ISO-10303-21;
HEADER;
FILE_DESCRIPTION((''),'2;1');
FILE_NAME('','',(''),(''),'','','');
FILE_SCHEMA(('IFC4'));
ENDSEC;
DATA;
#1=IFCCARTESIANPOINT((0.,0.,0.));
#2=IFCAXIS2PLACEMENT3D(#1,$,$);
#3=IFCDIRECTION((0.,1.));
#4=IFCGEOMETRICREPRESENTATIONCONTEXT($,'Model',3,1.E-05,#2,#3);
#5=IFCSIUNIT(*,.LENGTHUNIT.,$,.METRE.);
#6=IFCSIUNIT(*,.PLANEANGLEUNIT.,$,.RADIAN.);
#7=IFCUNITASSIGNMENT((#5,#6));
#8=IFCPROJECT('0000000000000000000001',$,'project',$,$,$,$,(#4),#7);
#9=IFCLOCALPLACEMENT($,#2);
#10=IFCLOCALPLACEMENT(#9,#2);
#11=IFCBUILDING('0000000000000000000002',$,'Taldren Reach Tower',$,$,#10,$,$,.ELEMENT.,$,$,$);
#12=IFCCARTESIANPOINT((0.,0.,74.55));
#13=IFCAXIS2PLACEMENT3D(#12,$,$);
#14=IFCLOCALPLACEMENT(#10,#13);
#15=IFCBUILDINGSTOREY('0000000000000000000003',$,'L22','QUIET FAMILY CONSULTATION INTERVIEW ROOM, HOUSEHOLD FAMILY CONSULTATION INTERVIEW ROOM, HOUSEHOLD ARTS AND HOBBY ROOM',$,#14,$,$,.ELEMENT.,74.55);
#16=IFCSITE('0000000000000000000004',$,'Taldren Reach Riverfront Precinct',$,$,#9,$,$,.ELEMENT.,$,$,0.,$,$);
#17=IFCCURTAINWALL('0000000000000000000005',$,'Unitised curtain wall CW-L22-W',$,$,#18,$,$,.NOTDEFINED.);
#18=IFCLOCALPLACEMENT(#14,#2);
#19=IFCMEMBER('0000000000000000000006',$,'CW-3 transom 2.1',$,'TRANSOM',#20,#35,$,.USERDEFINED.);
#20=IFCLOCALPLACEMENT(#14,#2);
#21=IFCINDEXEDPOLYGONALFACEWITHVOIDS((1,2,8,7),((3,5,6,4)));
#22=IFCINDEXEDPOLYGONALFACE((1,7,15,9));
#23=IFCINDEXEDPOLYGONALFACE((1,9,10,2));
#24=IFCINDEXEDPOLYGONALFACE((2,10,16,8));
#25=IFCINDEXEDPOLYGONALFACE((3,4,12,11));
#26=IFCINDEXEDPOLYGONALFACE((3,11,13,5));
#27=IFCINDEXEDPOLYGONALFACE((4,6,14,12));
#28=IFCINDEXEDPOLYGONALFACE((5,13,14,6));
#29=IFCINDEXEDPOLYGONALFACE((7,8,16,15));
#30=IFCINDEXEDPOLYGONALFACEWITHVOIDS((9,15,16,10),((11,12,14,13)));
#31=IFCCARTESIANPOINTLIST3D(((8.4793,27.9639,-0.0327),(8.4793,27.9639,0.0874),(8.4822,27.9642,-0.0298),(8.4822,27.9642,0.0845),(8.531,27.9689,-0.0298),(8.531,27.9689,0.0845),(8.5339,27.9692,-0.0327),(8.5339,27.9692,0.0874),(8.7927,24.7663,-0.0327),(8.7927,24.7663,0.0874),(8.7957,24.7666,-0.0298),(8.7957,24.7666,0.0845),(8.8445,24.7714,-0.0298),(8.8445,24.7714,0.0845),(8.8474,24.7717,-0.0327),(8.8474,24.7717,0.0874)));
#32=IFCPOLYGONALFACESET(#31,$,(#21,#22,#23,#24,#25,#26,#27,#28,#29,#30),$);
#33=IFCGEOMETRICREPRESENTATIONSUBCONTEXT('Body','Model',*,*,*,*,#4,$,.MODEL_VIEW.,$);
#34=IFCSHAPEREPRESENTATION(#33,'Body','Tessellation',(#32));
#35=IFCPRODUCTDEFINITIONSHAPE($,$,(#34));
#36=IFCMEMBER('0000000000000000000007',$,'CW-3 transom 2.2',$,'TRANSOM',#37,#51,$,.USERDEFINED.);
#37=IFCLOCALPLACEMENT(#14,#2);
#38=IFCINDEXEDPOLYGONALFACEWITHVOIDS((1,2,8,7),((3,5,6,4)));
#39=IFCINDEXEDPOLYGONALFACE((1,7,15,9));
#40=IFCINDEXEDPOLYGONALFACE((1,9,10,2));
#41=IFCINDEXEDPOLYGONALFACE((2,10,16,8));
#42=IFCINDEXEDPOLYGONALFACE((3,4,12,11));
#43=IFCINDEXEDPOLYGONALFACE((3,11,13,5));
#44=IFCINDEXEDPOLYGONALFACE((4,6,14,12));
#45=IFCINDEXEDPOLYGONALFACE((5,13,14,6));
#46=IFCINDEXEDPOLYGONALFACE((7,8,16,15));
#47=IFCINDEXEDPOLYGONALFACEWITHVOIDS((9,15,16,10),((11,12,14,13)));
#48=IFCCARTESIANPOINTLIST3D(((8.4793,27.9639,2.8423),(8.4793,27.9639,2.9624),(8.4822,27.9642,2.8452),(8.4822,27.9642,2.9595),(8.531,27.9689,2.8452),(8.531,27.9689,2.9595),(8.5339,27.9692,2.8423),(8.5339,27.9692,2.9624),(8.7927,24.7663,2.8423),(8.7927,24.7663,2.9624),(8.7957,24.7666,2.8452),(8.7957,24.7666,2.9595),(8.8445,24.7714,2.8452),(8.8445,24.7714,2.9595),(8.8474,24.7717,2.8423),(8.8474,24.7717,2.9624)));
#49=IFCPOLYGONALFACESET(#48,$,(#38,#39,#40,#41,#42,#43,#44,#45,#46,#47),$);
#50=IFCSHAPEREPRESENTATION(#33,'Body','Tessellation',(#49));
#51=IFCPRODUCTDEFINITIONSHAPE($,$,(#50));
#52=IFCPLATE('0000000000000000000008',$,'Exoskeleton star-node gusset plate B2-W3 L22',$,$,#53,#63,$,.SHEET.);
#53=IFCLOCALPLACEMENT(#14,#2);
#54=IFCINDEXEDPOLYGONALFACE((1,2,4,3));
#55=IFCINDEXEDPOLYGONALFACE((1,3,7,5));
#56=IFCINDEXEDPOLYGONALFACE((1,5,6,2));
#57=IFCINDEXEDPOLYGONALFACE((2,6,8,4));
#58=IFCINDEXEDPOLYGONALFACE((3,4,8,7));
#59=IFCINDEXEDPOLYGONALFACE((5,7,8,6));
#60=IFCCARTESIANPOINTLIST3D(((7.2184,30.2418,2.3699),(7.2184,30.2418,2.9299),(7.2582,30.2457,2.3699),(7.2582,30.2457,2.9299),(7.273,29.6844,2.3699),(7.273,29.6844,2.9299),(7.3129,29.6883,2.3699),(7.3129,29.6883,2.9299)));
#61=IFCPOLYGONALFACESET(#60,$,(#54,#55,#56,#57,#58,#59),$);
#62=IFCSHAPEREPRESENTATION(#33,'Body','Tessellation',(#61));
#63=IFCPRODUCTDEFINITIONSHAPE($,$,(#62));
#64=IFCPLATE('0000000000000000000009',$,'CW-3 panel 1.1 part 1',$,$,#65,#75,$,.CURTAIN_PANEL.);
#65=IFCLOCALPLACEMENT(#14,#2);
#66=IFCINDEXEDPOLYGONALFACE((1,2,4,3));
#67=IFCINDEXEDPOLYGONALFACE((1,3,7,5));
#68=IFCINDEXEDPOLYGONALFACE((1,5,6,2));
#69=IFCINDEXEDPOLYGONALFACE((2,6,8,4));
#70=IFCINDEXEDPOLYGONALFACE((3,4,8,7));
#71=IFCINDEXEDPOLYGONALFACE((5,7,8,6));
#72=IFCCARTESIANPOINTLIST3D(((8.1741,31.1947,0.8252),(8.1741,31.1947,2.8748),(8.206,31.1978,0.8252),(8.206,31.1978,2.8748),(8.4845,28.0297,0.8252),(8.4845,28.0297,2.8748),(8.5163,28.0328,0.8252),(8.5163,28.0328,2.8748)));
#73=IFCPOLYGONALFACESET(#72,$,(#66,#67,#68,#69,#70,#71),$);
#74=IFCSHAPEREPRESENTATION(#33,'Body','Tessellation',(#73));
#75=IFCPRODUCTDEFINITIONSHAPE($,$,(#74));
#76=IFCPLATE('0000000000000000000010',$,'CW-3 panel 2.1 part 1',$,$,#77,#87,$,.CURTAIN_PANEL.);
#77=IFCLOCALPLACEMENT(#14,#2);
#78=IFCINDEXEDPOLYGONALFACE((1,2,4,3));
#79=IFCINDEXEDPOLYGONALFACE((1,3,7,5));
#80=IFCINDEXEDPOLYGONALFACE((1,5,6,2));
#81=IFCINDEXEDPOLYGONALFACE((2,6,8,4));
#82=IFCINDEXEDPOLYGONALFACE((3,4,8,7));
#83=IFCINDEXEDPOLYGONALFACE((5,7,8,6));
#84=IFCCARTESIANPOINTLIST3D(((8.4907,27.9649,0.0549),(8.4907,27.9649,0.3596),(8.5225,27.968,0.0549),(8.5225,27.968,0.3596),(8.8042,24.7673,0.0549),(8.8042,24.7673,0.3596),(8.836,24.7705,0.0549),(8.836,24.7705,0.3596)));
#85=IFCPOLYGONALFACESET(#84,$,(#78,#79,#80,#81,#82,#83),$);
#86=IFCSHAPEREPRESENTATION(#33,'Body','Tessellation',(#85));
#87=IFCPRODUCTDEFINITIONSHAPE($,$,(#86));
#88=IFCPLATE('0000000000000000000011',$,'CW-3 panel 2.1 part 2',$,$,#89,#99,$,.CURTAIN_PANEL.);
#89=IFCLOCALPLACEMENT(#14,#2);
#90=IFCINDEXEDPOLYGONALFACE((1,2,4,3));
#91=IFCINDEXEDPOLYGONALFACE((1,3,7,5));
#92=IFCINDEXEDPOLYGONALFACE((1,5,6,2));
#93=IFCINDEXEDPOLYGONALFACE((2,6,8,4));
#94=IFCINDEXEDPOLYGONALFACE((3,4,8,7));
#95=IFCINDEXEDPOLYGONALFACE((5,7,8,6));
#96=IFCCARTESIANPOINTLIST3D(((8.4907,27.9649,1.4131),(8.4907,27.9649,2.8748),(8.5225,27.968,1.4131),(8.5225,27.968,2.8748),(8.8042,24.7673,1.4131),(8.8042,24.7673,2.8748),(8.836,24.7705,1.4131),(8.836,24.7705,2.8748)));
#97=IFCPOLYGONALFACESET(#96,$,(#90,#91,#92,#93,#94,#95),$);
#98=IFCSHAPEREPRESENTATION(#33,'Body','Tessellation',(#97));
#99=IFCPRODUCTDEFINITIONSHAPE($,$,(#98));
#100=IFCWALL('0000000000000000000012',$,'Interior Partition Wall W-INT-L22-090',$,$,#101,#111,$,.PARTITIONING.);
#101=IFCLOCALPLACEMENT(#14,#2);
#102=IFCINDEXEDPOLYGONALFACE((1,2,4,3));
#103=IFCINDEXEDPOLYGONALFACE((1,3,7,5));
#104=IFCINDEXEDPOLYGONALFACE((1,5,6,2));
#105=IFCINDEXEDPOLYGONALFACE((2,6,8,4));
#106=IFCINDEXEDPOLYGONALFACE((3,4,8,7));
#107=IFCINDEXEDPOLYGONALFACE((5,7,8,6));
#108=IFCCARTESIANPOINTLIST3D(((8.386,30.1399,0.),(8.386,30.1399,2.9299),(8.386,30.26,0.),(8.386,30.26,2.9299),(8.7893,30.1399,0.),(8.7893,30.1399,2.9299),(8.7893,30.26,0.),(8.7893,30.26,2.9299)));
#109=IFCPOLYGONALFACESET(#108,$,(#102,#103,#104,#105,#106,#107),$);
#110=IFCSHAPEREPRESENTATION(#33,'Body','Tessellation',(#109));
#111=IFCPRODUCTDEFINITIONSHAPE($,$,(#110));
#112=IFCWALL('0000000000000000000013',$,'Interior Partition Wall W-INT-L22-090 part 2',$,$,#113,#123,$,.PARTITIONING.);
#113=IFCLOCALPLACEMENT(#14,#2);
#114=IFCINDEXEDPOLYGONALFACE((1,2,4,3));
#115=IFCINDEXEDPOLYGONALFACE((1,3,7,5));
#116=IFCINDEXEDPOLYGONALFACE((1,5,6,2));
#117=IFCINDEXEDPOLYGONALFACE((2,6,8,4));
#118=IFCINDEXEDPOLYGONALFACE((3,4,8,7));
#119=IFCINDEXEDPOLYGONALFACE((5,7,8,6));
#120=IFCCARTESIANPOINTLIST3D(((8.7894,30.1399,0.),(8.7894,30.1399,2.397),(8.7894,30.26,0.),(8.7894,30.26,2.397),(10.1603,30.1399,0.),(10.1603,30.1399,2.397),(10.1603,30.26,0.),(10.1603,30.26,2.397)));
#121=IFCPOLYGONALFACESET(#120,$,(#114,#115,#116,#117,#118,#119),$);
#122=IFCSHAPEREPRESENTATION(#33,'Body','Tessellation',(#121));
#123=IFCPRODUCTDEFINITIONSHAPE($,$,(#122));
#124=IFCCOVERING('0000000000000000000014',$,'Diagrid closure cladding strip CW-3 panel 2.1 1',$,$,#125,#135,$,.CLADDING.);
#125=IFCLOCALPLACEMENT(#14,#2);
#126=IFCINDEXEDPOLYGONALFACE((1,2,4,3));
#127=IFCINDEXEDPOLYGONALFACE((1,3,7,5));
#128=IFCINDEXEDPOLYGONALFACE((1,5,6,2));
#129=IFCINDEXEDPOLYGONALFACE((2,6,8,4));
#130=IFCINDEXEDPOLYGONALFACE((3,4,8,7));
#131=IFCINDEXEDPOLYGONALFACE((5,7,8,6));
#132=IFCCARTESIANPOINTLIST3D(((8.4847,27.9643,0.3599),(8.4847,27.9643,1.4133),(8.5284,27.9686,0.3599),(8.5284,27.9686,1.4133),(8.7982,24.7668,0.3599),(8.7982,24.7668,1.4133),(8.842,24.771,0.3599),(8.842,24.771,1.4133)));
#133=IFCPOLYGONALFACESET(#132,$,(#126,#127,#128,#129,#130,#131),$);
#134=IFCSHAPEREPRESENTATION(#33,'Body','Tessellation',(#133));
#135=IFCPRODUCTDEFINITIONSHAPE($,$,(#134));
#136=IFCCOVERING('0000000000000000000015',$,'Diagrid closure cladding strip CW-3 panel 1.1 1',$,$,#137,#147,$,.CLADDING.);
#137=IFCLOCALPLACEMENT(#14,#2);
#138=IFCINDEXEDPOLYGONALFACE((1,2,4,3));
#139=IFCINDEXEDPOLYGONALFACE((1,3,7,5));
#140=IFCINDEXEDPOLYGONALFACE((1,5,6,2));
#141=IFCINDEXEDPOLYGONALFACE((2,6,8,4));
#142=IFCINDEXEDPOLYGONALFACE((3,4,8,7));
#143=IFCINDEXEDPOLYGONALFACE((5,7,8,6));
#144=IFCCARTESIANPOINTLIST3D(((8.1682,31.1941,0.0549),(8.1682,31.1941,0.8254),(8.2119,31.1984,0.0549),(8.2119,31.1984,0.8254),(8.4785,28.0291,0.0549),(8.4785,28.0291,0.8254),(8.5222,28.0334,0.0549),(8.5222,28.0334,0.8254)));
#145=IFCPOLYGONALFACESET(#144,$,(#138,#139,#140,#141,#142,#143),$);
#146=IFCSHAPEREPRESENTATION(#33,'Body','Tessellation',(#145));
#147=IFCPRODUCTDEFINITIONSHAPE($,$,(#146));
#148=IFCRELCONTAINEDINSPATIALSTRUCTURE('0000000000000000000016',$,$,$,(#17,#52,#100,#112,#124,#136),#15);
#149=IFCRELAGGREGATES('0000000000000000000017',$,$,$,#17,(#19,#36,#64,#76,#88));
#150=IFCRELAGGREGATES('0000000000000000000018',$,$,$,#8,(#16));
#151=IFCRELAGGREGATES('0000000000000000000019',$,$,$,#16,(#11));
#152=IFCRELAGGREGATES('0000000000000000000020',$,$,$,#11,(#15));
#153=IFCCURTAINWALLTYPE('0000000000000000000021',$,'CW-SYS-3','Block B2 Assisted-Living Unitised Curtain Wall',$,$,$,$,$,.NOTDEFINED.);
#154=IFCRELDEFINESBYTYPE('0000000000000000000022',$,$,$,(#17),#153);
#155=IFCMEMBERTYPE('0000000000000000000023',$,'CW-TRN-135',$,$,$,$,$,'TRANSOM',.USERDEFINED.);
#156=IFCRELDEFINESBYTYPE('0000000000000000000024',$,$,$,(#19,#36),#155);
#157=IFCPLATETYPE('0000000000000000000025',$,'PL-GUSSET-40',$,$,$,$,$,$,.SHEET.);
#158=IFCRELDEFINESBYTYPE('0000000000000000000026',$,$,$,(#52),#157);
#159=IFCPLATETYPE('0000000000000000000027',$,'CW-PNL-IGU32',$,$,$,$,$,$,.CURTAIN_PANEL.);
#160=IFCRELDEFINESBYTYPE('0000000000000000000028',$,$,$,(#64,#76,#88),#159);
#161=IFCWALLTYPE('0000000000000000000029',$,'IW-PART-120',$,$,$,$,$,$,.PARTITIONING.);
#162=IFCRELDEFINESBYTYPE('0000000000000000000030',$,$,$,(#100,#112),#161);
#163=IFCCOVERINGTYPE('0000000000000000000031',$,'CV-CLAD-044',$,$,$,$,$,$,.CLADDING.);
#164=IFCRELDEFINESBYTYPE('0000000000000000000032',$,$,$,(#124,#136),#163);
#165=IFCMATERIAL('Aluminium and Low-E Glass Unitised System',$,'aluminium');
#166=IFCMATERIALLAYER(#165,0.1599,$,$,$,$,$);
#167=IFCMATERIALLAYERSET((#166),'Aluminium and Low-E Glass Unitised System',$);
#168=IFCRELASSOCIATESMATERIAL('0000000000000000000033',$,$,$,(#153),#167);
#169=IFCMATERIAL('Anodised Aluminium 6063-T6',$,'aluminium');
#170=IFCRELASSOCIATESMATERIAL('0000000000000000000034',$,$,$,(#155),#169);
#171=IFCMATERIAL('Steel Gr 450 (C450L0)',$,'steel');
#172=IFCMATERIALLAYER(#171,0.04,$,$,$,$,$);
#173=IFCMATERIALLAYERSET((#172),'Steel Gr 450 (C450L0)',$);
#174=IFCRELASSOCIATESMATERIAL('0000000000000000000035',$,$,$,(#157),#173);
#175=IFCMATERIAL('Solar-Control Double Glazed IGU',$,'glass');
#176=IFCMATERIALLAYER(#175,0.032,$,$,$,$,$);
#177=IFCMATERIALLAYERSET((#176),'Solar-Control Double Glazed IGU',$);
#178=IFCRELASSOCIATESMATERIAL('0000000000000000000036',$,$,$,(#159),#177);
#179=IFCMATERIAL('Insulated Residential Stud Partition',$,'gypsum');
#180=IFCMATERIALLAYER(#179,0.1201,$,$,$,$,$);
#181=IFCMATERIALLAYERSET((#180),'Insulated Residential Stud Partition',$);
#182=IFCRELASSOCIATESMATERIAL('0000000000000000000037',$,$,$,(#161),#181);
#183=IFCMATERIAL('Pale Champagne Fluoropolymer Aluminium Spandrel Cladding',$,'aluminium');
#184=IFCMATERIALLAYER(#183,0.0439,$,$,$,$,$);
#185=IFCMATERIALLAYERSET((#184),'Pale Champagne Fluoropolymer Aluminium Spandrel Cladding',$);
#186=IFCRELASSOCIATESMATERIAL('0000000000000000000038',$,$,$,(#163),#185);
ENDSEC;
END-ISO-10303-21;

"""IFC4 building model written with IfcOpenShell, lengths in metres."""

from ifc_helpers import new_model, si_unit, direction, frame, frame_2d, origin, origin_2d, place, context, subcontext, project, spatial, rectangle, hollow_rectangle, extrude, source, transform, mapped, material, layer, layer_set, material_profile, profile_set, type_object, element, aggregate, save


model = new_model("IFC4")

# Units and contexts
model_context = context("Model", 3, precision=1e-05, world=origin(), true_north=direction((0.0, 1.0)))
body_context = subcontext(model_context, "Body", "Model", "MODEL_VIEW")
ifc_project = project(units=[si_unit("LENGTHUNIT", "METRE"), si_unit("PLANEANGLEUNIT", "RADIAN")], contexts=[model_context])

# Site, building, storey
site_placement = place(None, origin())
site = spatial("IfcSite", under=ifc_project, at=site_placement, Name="Taldren Reach Riverfront Precinct", CompositionType="ELEMENT", RefElevation=0.0)
building_placement = place(site_placement, origin())
building = spatial("IfcBuilding", under=site, at=building_placement, Name="Taldren Reach Tower", CompositionType="ELEMENT")
storey_placement = place(building_placement, frame((0.0, 0.0, 74.55)))
storey = spatial("IfcBuildingStorey", under=building, at=storey_placement, Name="L22", Description="QUIET FAMILY CONSULTATION INTERVIEW ROOM, HOUSEHOLD FAMILY CONSULTATION INTERVIEW ROOM, HOUSEHOLD ARTS AND HOBBY ROOM", CompositionType="ELEMENT", Elevation=74.55)

# Shared definitions
ifc_material_1 = material(Name="Steel Gr 450 (C450L0)", Category="steel")

# Curtain wall, members
ifc_material_2 = material(Name="Aluminium and Low-E Glass Unitised System", Category="aluminium")
ifc_layer_1 = layer(ifc_material_2, 0.1599)
ifc_layer_set_1 = layer_set([ifc_layer_1], Name="Aluminium and Low-E Glass Unitised System")
curtain_wall_type = type_object("IfcCurtainWallType", Name="CW-SYS-3", Description="Block B2 Assisted-Living Unitised Curtain Wall", PredefinedType="NOTDEFINED", material=ifc_layer_set_1)
curtain_wall_placement = place(storey_placement, origin())
curtain_wall = element("IfcCurtainWall", 1, at=curtain_wall_placement, inside=storey, type_object=curtain_wall_type, Name="Unitised curtain wall CW-L22-W", PredefinedType="NOTDEFINED")
ifc_material_3 = material(Name="Anodised Aluminium 6063-T6", Category="aluminium")
ifc_material_profile_1 = material_profile(ifc_material_3, hollow_rectangle(XDim=0.0549, YDim=0.1201, WallThickness=0.0029, at=origin_2d()), Name="ALU-120x55x3RHS")
ifc_profile_set_1 = profile_set([ifc_material_profile_1], Name="Anodised Aluminium 6063-T6")
member_type_1 = type_object("IfcMemberType", Name="CW-TRN-135", ElementType="TRANSOM", PredefinedType="USERDEFINED", material=ifc_profile_set_1)
shared_shape_1 = source(origin(), body_context, "Body", "SweptSolid", [
    extrude(hollow_rectangle(XDim=0.0549, YDim=0.1201, WallThickness=0.0029, at=origin_2d()), origin(), (0.0, 0.0, 1.0), 3.2129),
])
member_1_placement = place(storey_placement, frame((8.5066, 27.9666, 0.0273), z_axis=(0.09757, -0.995229, 0.0), x_axis=(0.995229, 0.09757, 0.0)))
member_1 = element("IfcMember", 2, at=member_1_placement, type_object=member_type_1, Name="CW-3 transom 2.1", ObjectType="TRANSOM", PredefinedType="USERDEFINED", context=body_context, shape_type="MappedRepresentation", body=[
    mapped(shared_shape_1, transform((0.0, 0.0, 0.0), scale=1.0)),
])
member_2_placement = place(storey_placement, frame((8.5066, 27.9666, 2.9023), z_axis=(0.09757, -0.995229, 0.0), x_axis=(0.995229, 0.09757, 0.0)))
member_2 = element("IfcMember", 3, at=member_2_placement, type_object=member_type_1, Name="CW-3 transom 2.2", ObjectType="TRANSOM", PredefinedType="USERDEFINED", context=body_context, shape_type="MappedRepresentation", body=[
    mapped(shared_shape_1, transform((0.0, 0.0, 0.0), scale=1.0)),
])

# Plates
ifc_layer_2 = layer(ifc_material_1, 0.04)
ifc_layer_set_2 = layer_set([ifc_layer_2], Name="Steel Gr 450 (C450L0)")
plate_type_1 = type_object("IfcPlateType", Name="PL-GUSSET-40", PredefinedType="SHEET", material=ifc_layer_set_2)
shared_shape_2 = source(origin(), body_context, "Body", "SweptSolid", [
    extrude(rectangle(XDim=0.5601, YDim=0.04, at=origin_2d()), origin(), (0.0, 0.0, 1.0), 0.5601),
])
plate_1_placement = place(storey_placement, frame((7.2656, 29.9651, 2.3699), z_axis=(0.0, 0.0, 1.0), x_axis=(-0.097583, 0.995227, 0.0)))
element("IfcPlate", 4, at=plate_1_placement, inside=storey, type_object=plate_type_1, Name="Exoskeleton star-node gusset plate B2-W3 L22", PredefinedType="SHEET", context=body_context, shape_type="MappedRepresentation", body=[
    mapped(shared_shape_2, transform((0.0, 0.0, 0.0), scale=1.0)),
])
ifc_material_4 = material(Name="Solar-Control Double Glazed IGU", Category="glass")
ifc_layer_3 = layer(ifc_material_4, 0.032)
ifc_layer_set_3 = layer_set([ifc_layer_3], Name="Solar-Control Double Glazed IGU")
plate_type_2 = type_object("IfcPlateType", Name="CW-PNL-IGU32", PredefinedType="CURTAIN_PANEL", material=ifc_layer_set_3)
shared_shape_3 = source(origin(), body_context, "Body", "SweptSolid", [
    extrude(rectangle(XDim=3.1802, YDim=0.032, at=origin_2d()), origin(), (0.0, 0.0, 1.0), 2.0496),
])
plate_2_placement = place(storey_placement, frame((8.3452, 29.6138, 0.8252), z_axis=(0.0, 0.0, 1.0), x_axis=(0.097583, -0.995227, 0.0)))
plate_2 = element("IfcPlate", 5, at=plate_2_placement, type_object=plate_type_2, Name="CW-3 panel 1.1 part 1", PredefinedType="CURTAIN_PANEL", context=body_context, shape_type="MappedRepresentation", body=[
    mapped(shared_shape_3, transform((0.0, 0.0, 0.0), scale=1.0)),
])
shared_shape_4 = source(origin(), body_context, "Body", "SweptSolid", [
    extrude(rectangle(XDim=3.2129, YDim=0.032, at=origin_2d()), origin(), (0.0, 0.0, 1.0), 0.3047),
])
plate_3_placement = place(storey_placement, frame((8.6633, 26.3677, 0.0549), z_axis=(0.0, 0.0, 1.0), x_axis=(0.097583, -0.995227, 0.0)))
plate_3 = element("IfcPlate", 6, at=plate_3_placement, type_object=plate_type_2, Name="CW-3 panel 2.1 part 1", PredefinedType="CURTAIN_PANEL", context=body_context, shape_type="MappedRepresentation", body=[
    mapped(shared_shape_4, transform((0.0, 0.0, 0.0), scale=1.0)),
])
shared_shape_5 = source(origin(), body_context, "Body", "SweptSolid", [
    extrude(rectangle(XDim=3.2129, YDim=0.032, at=origin_2d()), origin(), (0.0, 0.0, 1.0), 1.4617),
])
plate_4_placement = place(storey_placement, frame((8.6633, 26.3677, 1.4131), z_axis=(0.0, 0.0, 1.0), x_axis=(0.097583, -0.995227, 0.0)))
plate_4 = element("IfcPlate", 7, at=plate_4_placement, type_object=plate_type_2, Name="CW-3 panel 2.1 part 2", PredefinedType="CURTAIN_PANEL", context=body_context, shape_type="MappedRepresentation", body=[
    mapped(shared_shape_5, transform((0.0, 0.0, 0.0), scale=1.0)),
])
aggregate(curtain_wall, [member_1, member_2, plate_2, plate_3, plate_4])

# Walls
ifc_material_5 = material(Name="Insulated Residential Stud Partition", Category="gypsum")
ifc_layer_4 = layer(ifc_material_5, 0.1201)
ifc_layer_set_4 = layer_set([ifc_layer_4], Name="Insulated Residential Stud Partition")
wall_type = type_object("IfcWallType", Name="IW-PART-120", PredefinedType="PARTITIONING", material=ifc_layer_set_4)
shared_shape_6 = source(origin(), body_context, "Body", "SweptSolid", [
    extrude(rectangle(XDim=0.4033, YDim=0.1201, at=frame_2d((0.2017, 0.0))), origin(), (0.0, 0.0, 1.0), 2.9299),
])
wall_1_placement = place(storey_placement, frame((8.386, 30.2, 0.0), z_axis=(0.0, 0.0, 1.0), x_axis=(1.0, 0.0, 0.0)))
element("IfcWall", 8, at=wall_1_placement, inside=storey, type_object=wall_type, Name="Interior Partition Wall W-INT-L22-090", PredefinedType="PARTITIONING", context=body_context, shape_type="MappedRepresentation", body=[
    mapped(shared_shape_6, transform((0.0, 0.0, 0.0), scale=1.0)),
])
shared_shape_7 = source(origin(), body_context, "Body", "SweptSolid", [
    extrude(rectangle(XDim=1.3708, YDim=0.1201, at=frame_2d((0.6855, 0.0))), origin(), (0.0, 0.0, 1.0), 2.397),
])
wall_2_placement = place(storey_placement, frame((8.7893, 30.2, 0.0), z_axis=(0.0, 0.0, 1.0), x_axis=(1.0, 0.0, 0.0)))
element("IfcWall", 9, at=wall_2_placement, inside=storey, type_object=wall_type, Name="Interior Partition Wall W-INT-L22-090 part 2", PredefinedType="PARTITIONING", context=body_context, shape_type="MappedRepresentation", body=[
    mapped(shared_shape_7, transform((0.0, 0.0, 0.0), scale=1.0)),
])

# Coverings
ifc_material_6 = material(Name="Pale Champagne Fluoropolymer Aluminium Spandrel Cladding", Category="aluminium")
ifc_layer_5 = layer(ifc_material_6, 0.0439)
ifc_layer_set_5 = layer_set([ifc_layer_5], Name="Pale Champagne Fluoropolymer Aluminium Spandrel Cladding")
covering_type = type_object("IfcCoveringType", Name="CV-CLAD-044", PredefinedType="CLADDING", material=ifc_layer_set_5)
shared_shape_8 = source(origin(), body_context, "Body", "SweptSolid", [
    extrude(rectangle(XDim=3.2129, YDim=0.0439, at=origin_2d()), origin(), (0.0, 0.0, 1.0), 1.0535),
])
covering_1_placement = place(storey_placement, frame((8.6633, 26.3677, 0.3599), z_axis=(0.0, 0.0, 1.0), x_axis=(0.097583, -0.995227, 0.0)))
element("IfcCovering", 10, at=covering_1_placement, inside=storey, type_object=covering_type, Name="Diagrid closure cladding strip CW-3 panel 2.1 1", PredefinedType="CLADDING", context=body_context, shape_type="MappedRepresentation", body=[
    mapped(shared_shape_8, transform((0.0, 0.0, 0.0), scale=1.0)),
])
shared_shape_9 = source(origin(), body_context, "Body", "SweptSolid", [
    extrude(rectangle(XDim=3.1802, YDim=0.0439, at=origin_2d()), origin(), (0.0, 0.0, 1.0), 0.7705),
])
covering_2_placement = place(storey_placement, frame((8.3452, 29.6138, 0.0549), z_axis=(0.0, 0.0, 1.0), x_axis=(0.097583, -0.995227, 0.0)))
element("IfcCovering", 11, at=covering_2_placement, inside=storey, type_object=covering_type, Name="Diagrid closure cladding strip CW-3 panel 1.1 1", PredefinedType="CLADDING", context=body_context, shape_type="MappedRepresentation", body=[
    mapped(shared_shape_9, transform((0.0, 0.0, 0.0), scale=1.0)),
])

save(model, "model.ifc")
